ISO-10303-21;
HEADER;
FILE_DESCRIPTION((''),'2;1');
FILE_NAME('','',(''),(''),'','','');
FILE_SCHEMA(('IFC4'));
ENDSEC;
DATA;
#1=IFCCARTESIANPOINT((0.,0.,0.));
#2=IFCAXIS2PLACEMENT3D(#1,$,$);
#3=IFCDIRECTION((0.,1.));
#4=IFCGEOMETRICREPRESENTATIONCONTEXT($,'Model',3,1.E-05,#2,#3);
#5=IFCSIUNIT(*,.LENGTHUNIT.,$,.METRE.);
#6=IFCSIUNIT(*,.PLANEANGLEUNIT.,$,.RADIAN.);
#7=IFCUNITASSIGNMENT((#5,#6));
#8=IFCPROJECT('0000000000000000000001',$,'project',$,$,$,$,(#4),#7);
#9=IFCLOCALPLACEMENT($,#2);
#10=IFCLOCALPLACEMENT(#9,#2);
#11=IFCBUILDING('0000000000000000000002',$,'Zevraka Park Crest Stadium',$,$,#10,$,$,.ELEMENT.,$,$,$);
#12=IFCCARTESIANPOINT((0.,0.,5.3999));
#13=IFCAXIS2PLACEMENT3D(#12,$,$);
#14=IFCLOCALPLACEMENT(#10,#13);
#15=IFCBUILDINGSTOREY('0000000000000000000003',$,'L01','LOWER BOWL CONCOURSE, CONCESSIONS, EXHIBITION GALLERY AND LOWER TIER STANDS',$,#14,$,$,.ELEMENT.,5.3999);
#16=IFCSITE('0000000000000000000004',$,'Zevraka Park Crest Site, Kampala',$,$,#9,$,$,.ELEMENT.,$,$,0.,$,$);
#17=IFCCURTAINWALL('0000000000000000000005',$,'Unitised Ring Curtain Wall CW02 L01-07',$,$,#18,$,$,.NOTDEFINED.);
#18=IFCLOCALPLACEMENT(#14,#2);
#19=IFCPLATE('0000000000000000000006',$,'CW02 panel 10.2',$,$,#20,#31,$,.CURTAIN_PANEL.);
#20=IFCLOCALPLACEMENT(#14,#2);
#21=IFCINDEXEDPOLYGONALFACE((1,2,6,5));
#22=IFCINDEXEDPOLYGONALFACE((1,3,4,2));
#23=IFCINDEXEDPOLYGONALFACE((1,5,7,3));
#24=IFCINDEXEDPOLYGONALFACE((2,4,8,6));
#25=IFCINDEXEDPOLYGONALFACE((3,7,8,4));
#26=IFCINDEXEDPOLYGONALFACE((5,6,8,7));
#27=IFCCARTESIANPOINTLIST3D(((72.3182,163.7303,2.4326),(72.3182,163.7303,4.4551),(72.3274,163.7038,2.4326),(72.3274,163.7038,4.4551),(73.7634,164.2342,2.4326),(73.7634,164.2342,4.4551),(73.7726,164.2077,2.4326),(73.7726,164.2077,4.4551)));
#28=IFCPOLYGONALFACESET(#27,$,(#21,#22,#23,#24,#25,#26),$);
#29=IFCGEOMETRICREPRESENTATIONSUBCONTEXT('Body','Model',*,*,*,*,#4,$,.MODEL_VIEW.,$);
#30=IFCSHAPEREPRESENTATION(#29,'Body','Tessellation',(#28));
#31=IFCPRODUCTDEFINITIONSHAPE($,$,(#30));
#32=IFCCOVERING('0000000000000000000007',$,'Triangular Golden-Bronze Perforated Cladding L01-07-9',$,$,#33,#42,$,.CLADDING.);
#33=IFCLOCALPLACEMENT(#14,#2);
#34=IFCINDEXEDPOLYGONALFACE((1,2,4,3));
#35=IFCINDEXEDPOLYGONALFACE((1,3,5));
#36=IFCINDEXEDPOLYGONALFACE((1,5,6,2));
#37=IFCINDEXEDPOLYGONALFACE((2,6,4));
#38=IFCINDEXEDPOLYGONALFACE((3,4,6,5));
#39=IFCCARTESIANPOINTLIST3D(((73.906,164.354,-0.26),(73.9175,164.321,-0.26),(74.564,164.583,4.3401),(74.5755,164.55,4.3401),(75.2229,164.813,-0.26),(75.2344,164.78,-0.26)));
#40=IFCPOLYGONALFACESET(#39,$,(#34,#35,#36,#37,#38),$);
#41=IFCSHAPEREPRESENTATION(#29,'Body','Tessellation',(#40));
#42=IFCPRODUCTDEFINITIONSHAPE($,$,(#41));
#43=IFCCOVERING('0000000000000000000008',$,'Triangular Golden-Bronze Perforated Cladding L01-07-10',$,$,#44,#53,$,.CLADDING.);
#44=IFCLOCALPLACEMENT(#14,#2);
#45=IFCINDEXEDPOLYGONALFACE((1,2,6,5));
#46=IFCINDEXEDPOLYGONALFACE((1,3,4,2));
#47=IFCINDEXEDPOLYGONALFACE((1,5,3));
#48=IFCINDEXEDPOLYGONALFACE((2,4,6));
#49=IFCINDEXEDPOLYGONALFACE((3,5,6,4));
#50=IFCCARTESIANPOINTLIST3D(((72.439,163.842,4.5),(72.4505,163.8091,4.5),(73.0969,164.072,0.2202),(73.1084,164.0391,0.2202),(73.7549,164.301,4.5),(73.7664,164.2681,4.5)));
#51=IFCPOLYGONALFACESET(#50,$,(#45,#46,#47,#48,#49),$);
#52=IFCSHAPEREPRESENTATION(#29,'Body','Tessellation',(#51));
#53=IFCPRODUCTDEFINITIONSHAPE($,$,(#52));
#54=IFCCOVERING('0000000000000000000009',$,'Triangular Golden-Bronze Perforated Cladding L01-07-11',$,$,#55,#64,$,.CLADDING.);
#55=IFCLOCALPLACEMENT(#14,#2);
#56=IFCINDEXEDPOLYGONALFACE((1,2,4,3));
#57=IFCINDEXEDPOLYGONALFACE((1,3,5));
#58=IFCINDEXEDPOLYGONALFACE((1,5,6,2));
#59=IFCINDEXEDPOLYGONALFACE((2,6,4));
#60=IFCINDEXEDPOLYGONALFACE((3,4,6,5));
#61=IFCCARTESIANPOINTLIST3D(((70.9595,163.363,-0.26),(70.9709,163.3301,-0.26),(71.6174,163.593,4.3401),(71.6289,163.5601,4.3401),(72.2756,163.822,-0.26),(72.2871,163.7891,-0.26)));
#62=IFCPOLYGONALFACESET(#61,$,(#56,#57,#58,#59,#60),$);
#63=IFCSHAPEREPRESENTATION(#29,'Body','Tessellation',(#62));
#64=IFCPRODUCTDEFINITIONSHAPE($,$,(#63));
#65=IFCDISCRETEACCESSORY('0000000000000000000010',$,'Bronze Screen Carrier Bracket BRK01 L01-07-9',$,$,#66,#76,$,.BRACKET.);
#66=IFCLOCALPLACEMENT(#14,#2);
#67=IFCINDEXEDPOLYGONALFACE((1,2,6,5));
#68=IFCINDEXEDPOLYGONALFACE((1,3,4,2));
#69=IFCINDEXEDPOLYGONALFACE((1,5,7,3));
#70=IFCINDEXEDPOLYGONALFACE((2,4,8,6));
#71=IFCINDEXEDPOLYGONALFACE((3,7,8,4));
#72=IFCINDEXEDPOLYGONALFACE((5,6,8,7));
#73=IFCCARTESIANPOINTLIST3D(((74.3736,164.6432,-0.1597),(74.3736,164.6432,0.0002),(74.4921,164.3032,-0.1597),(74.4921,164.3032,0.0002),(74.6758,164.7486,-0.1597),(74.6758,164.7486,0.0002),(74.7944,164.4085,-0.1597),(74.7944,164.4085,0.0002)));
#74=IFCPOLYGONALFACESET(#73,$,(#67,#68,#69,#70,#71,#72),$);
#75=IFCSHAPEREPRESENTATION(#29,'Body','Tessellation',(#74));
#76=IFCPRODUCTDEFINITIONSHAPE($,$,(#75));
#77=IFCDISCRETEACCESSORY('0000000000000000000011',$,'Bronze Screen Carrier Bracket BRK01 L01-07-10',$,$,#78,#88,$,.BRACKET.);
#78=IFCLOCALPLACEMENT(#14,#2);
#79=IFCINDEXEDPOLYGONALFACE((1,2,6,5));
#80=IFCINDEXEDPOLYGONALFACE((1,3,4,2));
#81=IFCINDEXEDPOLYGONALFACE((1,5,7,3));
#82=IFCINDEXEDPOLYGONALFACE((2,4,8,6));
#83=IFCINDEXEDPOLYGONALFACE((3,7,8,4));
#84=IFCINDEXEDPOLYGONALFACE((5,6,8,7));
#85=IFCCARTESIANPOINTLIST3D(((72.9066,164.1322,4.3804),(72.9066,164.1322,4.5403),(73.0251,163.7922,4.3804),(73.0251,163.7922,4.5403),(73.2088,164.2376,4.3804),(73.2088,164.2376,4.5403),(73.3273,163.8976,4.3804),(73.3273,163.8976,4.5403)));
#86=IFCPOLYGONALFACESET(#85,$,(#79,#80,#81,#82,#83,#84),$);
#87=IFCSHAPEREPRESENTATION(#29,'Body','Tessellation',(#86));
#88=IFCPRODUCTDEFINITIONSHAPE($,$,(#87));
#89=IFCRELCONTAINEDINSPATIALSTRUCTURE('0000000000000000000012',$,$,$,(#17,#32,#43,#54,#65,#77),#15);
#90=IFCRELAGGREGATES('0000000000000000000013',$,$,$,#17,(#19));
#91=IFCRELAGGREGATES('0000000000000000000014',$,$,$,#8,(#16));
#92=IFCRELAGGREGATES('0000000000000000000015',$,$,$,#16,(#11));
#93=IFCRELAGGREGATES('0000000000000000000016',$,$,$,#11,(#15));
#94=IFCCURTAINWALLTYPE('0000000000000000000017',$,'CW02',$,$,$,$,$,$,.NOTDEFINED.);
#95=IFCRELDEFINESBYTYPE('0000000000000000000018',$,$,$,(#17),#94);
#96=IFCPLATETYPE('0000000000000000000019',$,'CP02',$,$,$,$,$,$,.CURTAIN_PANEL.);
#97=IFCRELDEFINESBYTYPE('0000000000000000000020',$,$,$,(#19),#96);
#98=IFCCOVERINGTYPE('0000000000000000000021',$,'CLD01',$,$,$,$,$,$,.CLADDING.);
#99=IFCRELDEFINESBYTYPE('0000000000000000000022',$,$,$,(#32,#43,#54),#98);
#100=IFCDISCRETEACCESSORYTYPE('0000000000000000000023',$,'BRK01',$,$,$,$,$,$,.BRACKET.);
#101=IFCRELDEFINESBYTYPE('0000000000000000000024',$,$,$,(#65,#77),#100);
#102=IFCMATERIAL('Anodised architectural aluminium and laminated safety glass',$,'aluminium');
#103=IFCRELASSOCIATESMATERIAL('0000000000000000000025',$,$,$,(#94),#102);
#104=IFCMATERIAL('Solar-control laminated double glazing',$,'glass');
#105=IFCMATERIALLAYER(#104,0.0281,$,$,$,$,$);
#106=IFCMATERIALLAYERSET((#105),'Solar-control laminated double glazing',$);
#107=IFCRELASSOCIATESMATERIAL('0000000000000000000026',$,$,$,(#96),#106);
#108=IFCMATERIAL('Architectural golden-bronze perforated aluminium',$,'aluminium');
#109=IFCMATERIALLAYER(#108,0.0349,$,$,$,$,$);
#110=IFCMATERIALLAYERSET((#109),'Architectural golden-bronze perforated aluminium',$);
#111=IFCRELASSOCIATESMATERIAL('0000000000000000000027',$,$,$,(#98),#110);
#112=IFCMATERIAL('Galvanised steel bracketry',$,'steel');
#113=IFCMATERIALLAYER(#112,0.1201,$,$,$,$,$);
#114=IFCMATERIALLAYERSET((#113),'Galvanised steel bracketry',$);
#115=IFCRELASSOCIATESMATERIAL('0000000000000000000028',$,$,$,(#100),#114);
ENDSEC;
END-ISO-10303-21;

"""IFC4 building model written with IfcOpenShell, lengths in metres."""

from ifc_helpers import new_model, si_unit, direction, frame, origin, origin_2d, place, context, subcontext, project, spatial, polyline, rectangle, outline, extrude, material, layer, layer_set, type_object, element, aggregate, save


model = new_model("IFC4")

# Units and contexts
model_context = context("Model", 3, precision=1e-05, world=origin(), true_north=direction((0.0, 1.0)))
body_context = subcontext(model_context, "Body", "Model", "MODEL_VIEW")
ifc_project = project(units=[si_unit("LENGTHUNIT", "METRE"), si_unit("PLANEANGLEUNIT", "RADIAN")], contexts=[model_context])

# Site, building, storey
site_placement = place(None, origin())
site = spatial("IfcSite", under=ifc_project, at=site_placement, Name="Zevraka Park Crest Site, Kampala", CompositionType="ELEMENT", RefElevation=0.0)
building_placement = place(site_placement, origin())
building = spatial("IfcBuilding", under=site, at=building_placement, Name="Zevraka Park Crest Stadium", CompositionType="ELEMENT")
storey_placement = place(building_placement, frame((0.0, 0.0, 5.3999)))
storey = spatial("IfcBuildingStorey", under=building, at=storey_placement, Name="L01", Description="LOWER BOWL CONCOURSE, CONCESSIONS, EXHIBITION GALLERY AND LOWER TIER STANDS", CompositionType="ELEMENT", Elevation=5.3999)

# Curtain wall, plate
ifc_material_1 = material(Name="Anodised architectural aluminium and laminated safety glass", Category="aluminium")
curtain_wall_type = type_object("IfcCurtainWallType", Name="CW02", PredefinedType="NOTDEFINED", material=ifc_material_1)
curtain_wall_placement = place(storey_placement, origin())
curtain_wall = element("IfcCurtainWall", 1, at=curtain_wall_placement, inside=storey, type_object=curtain_wall_type, Name="Unitised Ring Curtain Wall CW02 L01-07", PredefinedType="NOTDEFINED")
ifc_material_2 = material(Name="Solar-control laminated double glazing", Category="glass")
ifc_layer_1 = layer(ifc_material_2, 0.0281)
ifc_layer_set_1 = layer_set([ifc_layer_1], Name="Solar-control laminated double glazing")
plate_type = type_object("IfcPlateType", Name="CP02", PredefinedType="CURTAIN_PANEL", material=ifc_layer_set_1)
plate_1_placement = place(storey_placement, frame((73.0454, 163.969, 2.4326), z_axis=(0.0, 0.0, 1.0), x_axis=(-0.944257, -0.329209, 0.0)))
plate_1 = element("IfcPlate", 2, at=plate_1_placement, type_object=plate_type, Name="CW02 panel 10.2", PredefinedType="CURTAIN_PANEL", context=body_context, shape_type="SweptSolid", body=[
    extrude(rectangle(XDim=1.5305, YDim=0.0281, at=origin_2d()), origin(), (0.0, 0.0, 1.0), 2.0225),
])
aggregate(curtain_wall, [plate_1])

# Coverings
ifc_material_3 = material(Name="Architectural golden-bronze perforated aluminium", Category="aluminium")
ifc_layer_2 = layer(ifc_material_3, 0.0349)
ifc_layer_set_2 = layer_set([ifc_layer_2], Name="Architectural golden-bronze perforated aluminium")
covering_type = type_object("IfcCoveringType", Name="CLD01", PredefinedType="CLADDING", material=ifc_layer_set_2)
covering_1_placement = place(storey_placement, frame((75.2229, 164.813, -0.26), z_axis=(-0.329118, 0.944289, 0.000065), x_axis=(-0.944289, -0.329118, 0.0)))
element("IfcCovering", 3, at=covering_1_placement, inside=storey, type_object=covering_type, Name="Triangular Golden-Bronze Perforated Cladding L01-07-9", PredefinedType="CLADDING", context=body_context, shape_type="SweptSolid", body=[
    extrude(outline(polyline([(0.0, 0.0), (1.3946, 0.0), (0.6979, 4.6001), (0.0, 0.0)])), origin(), (0.0, 0.0, -1.0), 0.0349),
])
covering_2_placement = place(storey_placement, frame((72.439, 163.842, 4.5), z_axis=(-0.329336, 0.944213, 0.000108), x_axis=(0.944213, 0.329336, 0.0)))
element("IfcCovering", 4, at=covering_2_placement, inside=storey, type_object=covering_type, Name="Triangular Golden-Bronze Perforated Cladding L01-07-10", PredefinedType="CLADDING", context=body_context, shape_type="SweptSolid", body=[
    extrude(outline(polyline([(0.0, 0.0), (1.3937, 0.0), (0.697, 4.2798), (0.0, 0.0)])), origin(), (0.0, 0.0, -1.0), 0.0349),
])
covering_3_placement = place(storey_placement, frame((72.2871, 163.7891, -0.26), z_axis=(0.329281, -0.944232, 0.000109), x_axis=(-0.944232, -0.329281, 0.0)))
element("IfcCovering", 5, at=covering_3_placement, inside=storey, type_object=covering_type, Name="Triangular Golden-Bronze Perforated Cladding L01-07-11", PredefinedType="CLADDING", context=body_context, shape_type="SweptSolid", body=[
    extrude(outline(polyline([(0.0, 0.0), (1.3939, 0.0), (0.6969, -4.6001), (0.0, 0.0)])), origin(), (0.0, 0.0, -1.0), 0.0349),
])

# Discrete accessories
ifc_material_4 = material(Name="Galvanised steel bracketry", Category="steel")
ifc_layer_3 = layer(ifc_material_4, 0.1201)
ifc_layer_set_3 = layer_set([ifc_layer_3], Name="Galvanised steel bracketry")
discrete_accessory_type = type_object("IfcDiscreteAccessoryType", Name="BRK01", PredefinedType="BRACKET", material=ifc_layer_set_3)
for number, where, z_axis, x_axis, name in (
    (6, (74.584, 164.5259, -0.1597), (0.0, 0.0, 1.0), (-0.944262, -0.329196, 0.0), "Bronze Screen Carrier Bracket BRK01 L01-07-9"),
    (7, (73.1169, 164.0149, 4.3804), (0.0, 0.0, 1.0), (-0.944262, -0.329196, 0.0), "Bronze Screen Carrier Bracket BRK01 L01-07-10"),
):
    element("IfcDiscreteAccessory", number, at=place(storey_placement, frame(where, z_axis=z_axis, x_axis=x_axis)), inside=storey, type_object=discrete_accessory_type, Name=name, PredefinedType="BRACKET", context=body_context, shape_type="SweptSolid", body=[
        extrude(rectangle(XDim=0.3201, YDim=0.3601, at=origin_2d()), origin(), (0.0, 0.0, 1.0), 0.1599),
    ])

save(model, "model.ifc")
